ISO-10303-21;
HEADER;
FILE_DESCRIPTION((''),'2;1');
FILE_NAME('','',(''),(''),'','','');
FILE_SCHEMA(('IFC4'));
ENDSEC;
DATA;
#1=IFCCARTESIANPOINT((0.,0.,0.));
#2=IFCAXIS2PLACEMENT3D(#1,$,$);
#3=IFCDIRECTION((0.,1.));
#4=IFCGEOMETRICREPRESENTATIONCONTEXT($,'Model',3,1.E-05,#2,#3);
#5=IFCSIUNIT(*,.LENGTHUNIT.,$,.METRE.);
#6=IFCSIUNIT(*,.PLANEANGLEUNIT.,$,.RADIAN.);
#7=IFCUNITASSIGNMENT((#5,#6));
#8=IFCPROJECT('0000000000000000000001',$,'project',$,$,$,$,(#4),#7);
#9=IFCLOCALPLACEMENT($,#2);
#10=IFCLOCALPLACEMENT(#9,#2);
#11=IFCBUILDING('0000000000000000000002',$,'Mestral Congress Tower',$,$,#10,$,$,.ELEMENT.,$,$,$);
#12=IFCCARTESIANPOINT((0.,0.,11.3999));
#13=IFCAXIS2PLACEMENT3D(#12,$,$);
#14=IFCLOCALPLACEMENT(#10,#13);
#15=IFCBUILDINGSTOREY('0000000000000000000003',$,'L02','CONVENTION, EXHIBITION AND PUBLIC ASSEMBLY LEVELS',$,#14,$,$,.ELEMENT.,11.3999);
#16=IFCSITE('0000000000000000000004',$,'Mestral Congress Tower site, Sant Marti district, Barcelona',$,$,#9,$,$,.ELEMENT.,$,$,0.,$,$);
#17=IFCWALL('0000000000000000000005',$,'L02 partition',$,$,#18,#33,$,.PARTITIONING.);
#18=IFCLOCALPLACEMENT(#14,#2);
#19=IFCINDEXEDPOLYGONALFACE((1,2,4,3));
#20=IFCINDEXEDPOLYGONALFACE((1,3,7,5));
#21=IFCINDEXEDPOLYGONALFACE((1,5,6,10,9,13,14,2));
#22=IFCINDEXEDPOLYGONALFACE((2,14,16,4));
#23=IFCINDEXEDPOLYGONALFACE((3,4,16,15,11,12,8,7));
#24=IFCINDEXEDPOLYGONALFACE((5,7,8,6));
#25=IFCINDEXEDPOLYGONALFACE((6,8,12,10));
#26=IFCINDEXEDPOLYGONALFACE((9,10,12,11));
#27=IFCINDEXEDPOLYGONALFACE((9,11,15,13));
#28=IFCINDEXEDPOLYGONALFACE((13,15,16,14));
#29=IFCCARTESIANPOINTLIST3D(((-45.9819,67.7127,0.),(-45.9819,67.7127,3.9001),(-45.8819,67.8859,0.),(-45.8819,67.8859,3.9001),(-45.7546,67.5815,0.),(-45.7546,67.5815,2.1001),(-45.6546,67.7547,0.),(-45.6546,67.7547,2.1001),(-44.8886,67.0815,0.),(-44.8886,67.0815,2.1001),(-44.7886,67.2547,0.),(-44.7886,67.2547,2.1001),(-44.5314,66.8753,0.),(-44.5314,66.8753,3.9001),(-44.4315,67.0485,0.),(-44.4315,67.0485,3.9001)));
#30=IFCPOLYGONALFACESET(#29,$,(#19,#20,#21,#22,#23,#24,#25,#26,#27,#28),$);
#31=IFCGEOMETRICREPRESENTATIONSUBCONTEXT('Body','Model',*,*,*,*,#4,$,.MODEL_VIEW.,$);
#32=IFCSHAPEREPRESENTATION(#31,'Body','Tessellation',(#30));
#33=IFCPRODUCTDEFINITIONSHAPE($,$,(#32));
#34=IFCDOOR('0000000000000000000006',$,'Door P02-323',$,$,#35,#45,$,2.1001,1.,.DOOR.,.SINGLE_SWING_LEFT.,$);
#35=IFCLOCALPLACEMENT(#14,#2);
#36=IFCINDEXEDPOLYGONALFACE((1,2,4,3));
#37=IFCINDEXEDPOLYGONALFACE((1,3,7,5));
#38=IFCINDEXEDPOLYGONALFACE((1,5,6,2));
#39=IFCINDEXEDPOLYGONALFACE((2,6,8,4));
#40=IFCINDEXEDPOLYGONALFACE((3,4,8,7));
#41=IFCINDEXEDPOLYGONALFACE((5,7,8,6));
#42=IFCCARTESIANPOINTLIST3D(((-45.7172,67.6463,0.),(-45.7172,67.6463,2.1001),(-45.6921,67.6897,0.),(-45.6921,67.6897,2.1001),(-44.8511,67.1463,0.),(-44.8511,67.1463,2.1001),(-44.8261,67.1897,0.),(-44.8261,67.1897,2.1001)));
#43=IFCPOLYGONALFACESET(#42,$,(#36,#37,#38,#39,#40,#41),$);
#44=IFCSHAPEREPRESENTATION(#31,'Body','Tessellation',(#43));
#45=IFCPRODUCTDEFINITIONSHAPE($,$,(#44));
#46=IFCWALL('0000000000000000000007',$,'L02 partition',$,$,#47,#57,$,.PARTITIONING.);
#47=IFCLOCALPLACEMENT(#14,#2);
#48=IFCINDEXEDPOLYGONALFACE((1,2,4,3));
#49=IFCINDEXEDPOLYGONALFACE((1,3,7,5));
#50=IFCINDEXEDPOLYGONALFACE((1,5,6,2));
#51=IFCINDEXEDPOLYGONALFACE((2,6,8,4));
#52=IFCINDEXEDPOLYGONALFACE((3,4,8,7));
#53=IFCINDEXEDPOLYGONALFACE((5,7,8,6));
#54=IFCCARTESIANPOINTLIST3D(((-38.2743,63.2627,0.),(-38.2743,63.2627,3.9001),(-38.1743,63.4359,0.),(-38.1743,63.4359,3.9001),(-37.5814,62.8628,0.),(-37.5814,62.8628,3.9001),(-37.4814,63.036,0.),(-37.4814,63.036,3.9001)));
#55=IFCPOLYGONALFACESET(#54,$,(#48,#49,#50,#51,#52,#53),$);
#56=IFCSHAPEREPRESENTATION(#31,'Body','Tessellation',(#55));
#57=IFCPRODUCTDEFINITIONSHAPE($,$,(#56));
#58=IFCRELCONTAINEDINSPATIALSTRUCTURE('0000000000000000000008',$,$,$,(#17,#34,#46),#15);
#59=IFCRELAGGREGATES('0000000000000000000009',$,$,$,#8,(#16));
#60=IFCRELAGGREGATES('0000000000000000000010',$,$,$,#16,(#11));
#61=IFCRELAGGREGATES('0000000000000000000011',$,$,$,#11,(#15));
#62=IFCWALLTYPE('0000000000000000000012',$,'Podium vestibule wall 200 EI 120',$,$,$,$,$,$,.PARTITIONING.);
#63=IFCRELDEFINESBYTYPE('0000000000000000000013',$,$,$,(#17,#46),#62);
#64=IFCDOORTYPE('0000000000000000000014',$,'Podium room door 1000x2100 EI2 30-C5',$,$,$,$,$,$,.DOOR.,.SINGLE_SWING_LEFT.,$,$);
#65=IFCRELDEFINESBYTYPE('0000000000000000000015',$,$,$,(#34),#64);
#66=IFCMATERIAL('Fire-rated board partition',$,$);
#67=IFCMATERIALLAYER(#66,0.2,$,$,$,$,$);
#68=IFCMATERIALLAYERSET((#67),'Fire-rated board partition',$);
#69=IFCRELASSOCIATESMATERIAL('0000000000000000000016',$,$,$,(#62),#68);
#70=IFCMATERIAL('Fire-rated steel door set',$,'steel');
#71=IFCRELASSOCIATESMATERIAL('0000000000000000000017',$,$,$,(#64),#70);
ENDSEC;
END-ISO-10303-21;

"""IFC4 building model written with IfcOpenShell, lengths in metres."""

from ifc_helpers import new_model, si_unit, direction, frame, frame_2d, origin, place, context, subcontext, project, spatial, rectangle, extrude, material, layer, layer_set, type_object, element, fill, save


model = new_model("IFC4")

# Units and contexts
model_context = context("Model", 3, precision=1e-05, world=origin(), true_north=direction((0.0, 1.0)))
body_context = subcontext(model_context, "Body", "Model", "MODEL_VIEW")
ifc_project = project(units=[si_unit("LENGTHUNIT", "METRE"), si_unit("PLANEANGLEUNIT", "RADIAN")], contexts=[model_context])

# Site, building, storey
site_placement = place(None, origin())
site = spatial("IfcSite", under=ifc_project, at=site_placement, Name="Mestral Congress Tower site, Sant Marti district, Barcelona", CompositionType="ELEMENT", RefElevation=0.0)
building_placement = place(site_placement, origin())
building = spatial("IfcBuilding", under=site, at=building_placement, Name="Mestral Congress Tower", CompositionType="ELEMENT")
storey_placement = place(building_placement, frame((0.0, 0.0, 11.3999)))
storey = spatial("IfcBuildingStorey", under=building, at=storey_placement, Name="L02", Description="CONVENTION, EXHIBITION AND PUBLIC ASSEMBLY LEVELS", CompositionType="ELEMENT", Elevation=11.3999)

# Shared definitions
ifc_material_1 = material(Name="Fire-rated steel door set", Category="steel")

# Shared definitions
ifc_material_2 = material(Name="Fire-rated board partition")
ifc_layer_1 = layer(ifc_material_2, 0.2)
ifc_layer_set_1 = layer_set([ifc_layer_1], Name="Fire-rated board partition")
wall_type_1 = type_object("IfcWallType", Name="Podium vestibule wall 200 EI 120", PredefinedType="PARTITIONING", material=ifc_layer_set_1)

# Wall, opening, door
door_type_1 = type_object("IfcDoorType", Name="Podium room door 1000x2100 EI2 30-C5", OperationType="SINGLE_SWING_LEFT", PredefinedType="DOOR", material=ifc_material_1)
wall_1_placement = place(storey_placement, frame((-45.9319, 67.7993, 0.0), z_axis=(0.0, 0.0, 1.0), x_axis=(0.866028, -0.499996, 0.0)))
wall_1 = element("IfcWall", 1, at=wall_1_placement, inside=storey, type_object=wall_type_1, Name="L02 partition", PredefinedType="PARTITIONING", context=body_context, shape_type="SweptSolid", body=[
    extrude(rectangle(XDim=1.6748, YDim=0.2, at=frame_2d((0.8374, 0.0))), origin(), (0.0, 0.0, 1.0), 3.9001),
])
opening_1_placement = place(wall_1_placement, frame((0.2625, 0.0, 0.0)))
opening_1 = element("IfcOpeningElement", 2, at=opening_1_placement, cuts=wall_1, PredefinedType="OPENING", context=body_context, shape_type="SweptSolid", body=[
    extrude(rectangle(XDim=1.0, YDim=2.1001, at=frame_2d((0.5, 1.05))), frame((0.0, 0.1099, 0.0), z_axis=(0.0, -1.0, 0.0), x_axis=(1.0, 0.0, 0.0)), (0.0, 0.0, 1.0), 0.22),
])
door_1_placement = place(opening_1_placement, origin())
door_1 = element("IfcDoor", 3, at=door_1_placement, inside=storey, type_object=door_type_1, Name="Door P02-323", OperationType="SINGLE_SWING_LEFT", OverallHeight=2.1001, OverallWidth=1.0, PredefinedType="DOOR", context=body_context, shape_type="SweptSolid", body=[
    extrude(rectangle(XDim=1.0, YDim=2.1001, at=frame_2d((0.5, 1.05))), frame((0.0, 0.0249, 0.0), z_axis=(0.0, -1.0, 0.0), x_axis=(1.0, 0.0, 0.0)), (0.0, 0.0, 1.0), 0.05),
])
fill(opening_1, door_1)

# Wall
wall_2_placement = place(storey_placement, frame((-37.5315, 62.9495, 0.0), z_axis=(0.0, 0.0, 1.0), x_axis=(-0.866094, 0.499881, 0.0)))
element("IfcWall", 4, at=wall_2_placement, inside=storey, type_object=wall_type_1, Name="L02 partition", PredefinedType="PARTITIONING", context=body_context, shape_type="SweptSolid", body=[
    extrude(rectangle(XDim=0.8, YDim=0.2, at=frame_2d((0.3999, 0.0))), origin(), (0.0, 0.0, 1.0), 3.9001),
])

save(model, "model.ifc")
